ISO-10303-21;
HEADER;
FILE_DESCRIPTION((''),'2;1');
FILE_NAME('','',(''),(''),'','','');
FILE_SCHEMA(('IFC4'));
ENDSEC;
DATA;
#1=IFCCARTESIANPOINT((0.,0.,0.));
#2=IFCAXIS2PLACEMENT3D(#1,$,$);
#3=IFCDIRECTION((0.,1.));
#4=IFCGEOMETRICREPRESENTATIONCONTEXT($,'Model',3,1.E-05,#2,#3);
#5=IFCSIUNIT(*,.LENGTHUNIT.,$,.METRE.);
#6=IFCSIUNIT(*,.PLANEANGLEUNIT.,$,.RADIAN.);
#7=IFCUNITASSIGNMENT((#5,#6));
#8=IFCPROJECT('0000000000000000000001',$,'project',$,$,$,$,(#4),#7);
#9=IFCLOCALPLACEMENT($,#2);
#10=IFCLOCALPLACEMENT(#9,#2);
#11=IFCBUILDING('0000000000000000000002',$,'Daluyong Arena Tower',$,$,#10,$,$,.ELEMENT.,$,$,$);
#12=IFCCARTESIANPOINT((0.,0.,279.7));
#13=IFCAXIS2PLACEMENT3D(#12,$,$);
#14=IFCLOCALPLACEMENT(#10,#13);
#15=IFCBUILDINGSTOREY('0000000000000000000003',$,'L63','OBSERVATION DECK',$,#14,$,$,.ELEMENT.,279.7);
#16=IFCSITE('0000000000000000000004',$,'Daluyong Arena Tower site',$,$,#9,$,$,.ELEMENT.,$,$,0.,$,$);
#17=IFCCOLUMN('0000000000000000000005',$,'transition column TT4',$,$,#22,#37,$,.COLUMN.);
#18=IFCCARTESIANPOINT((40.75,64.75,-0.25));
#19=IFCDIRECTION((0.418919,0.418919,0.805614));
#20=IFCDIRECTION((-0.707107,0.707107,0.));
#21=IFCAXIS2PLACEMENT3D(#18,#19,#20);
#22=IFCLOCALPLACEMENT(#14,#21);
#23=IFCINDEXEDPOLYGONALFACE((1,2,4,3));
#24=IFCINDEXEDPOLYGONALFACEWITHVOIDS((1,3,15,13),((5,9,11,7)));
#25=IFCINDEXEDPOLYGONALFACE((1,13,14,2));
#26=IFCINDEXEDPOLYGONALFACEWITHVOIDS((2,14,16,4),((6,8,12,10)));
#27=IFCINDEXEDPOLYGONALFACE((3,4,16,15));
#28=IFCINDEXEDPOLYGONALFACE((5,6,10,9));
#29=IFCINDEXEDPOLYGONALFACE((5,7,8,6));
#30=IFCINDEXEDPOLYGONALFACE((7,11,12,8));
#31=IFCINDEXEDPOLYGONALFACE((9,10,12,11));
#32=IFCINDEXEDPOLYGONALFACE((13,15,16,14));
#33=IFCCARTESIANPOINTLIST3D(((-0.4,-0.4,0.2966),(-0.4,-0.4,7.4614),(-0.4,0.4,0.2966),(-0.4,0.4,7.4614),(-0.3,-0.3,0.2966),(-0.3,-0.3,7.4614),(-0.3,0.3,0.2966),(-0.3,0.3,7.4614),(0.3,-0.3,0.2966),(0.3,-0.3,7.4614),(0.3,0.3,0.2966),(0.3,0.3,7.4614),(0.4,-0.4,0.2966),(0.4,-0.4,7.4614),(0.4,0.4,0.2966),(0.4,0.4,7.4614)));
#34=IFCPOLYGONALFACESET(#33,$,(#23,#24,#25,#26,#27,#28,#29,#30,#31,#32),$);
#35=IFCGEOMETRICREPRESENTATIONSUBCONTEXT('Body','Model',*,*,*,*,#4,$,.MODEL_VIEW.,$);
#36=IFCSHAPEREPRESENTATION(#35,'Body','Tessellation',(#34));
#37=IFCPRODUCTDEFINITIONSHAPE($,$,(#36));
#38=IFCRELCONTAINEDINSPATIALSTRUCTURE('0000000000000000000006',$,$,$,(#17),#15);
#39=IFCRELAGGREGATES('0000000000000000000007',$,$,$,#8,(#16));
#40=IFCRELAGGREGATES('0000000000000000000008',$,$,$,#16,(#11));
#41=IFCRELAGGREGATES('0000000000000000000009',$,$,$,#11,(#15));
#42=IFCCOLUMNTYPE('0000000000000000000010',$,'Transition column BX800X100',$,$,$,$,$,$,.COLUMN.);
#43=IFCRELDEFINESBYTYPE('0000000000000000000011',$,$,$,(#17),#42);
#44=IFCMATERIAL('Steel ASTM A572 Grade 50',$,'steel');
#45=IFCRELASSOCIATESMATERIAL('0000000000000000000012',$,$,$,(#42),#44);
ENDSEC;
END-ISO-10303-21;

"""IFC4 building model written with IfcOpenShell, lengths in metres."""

from ifc_helpers import new_model, si_unit, direction, frame, origin, origin_2d, place, context, subcontext, project, spatial, hollow_rectangle, extrude, clip, halfspace, material, material_profile, profile_set, type_object, element, save


model = new_model("IFC4")

# Units and contexts
model_context = context("Model", 3, precision=1e-05, world=origin(), true_north=direction((0.0, 1.0)))
body_context = subcontext(model_context, "Body", "Model", "MODEL_VIEW")
ifc_project = project(units=[si_unit("LENGTHUNIT", "METRE"), si_unit("PLANEANGLEUNIT", "RADIAN")], contexts=[model_context])

# Site, building, storey
site_placement = place(None, origin())
site = spatial("IfcSite", under=ifc_project, at=site_placement, Name="Daluyong Arena Tower site", CompositionType="ELEMENT", RefElevation=0.0)
building_placement = place(site_placement, origin())
building = spatial("IfcBuilding", under=site, at=building_placement, Name="Daluyong Arena Tower", CompositionType="ELEMENT")
storey_placement = place(building_placement, frame((0.0, 0.0, 279.7)))
storey = spatial("IfcBuildingStorey", under=building, at=storey_placement, Name="L63", Description="OBSERVATION DECK", CompositionType="ELEMENT", Elevation=279.7)

# Column
ifc_material_1 = material(Name="Steel ASTM A572 Grade 50", Category="steel")
ifc_material_profile_1 = material_profile(ifc_material_1, hollow_rectangle(XDim=0.8, YDim=0.8, WallThickness=0.1, at=origin_2d()))
ifc_profile_set_1 = profile_set([ifc_material_profile_1], Name="Steel ASTM A572 Grade 50")
column_type_1 = type_object("IfcColumnType", Name="Transition column BX800X100", PredefinedType="COLUMN", material=ifc_profile_set_1)
column_placement = place(storey_placement, frame((40.75, 64.75, -0.25), z_axis=(0.418919, 0.418919, 0.805614), x_axis=(-0.707107, 0.707107, 0.0)))
element("IfcColumn", 1, at=column_placement, inside=storey, type_object=column_type_1, Name="transition column TT4", PredefinedType="COLUMN", context=body_context, shape_type="Clipping", body=[
    clip(clip(extrude(hollow_rectangle(XDim=0.8, YDim=0.8, WallThickness=0.1, at=origin_2d()), origin(), (0.0, 0.0, 1.0), 7.7581), halfspace(frame((0.0, 0.0, 0.2966), z_axis=(0.0, 0.0, 1.0), x_axis=(1.0, 0.0, 0.0)), True)), halfspace(frame((0.0, 0.0, 7.4614), z_axis=(0.0, 0.0, -1.0), x_axis=(1.0, 0.0, 0.0)), True)),
])

save(model, "model.ifc")
